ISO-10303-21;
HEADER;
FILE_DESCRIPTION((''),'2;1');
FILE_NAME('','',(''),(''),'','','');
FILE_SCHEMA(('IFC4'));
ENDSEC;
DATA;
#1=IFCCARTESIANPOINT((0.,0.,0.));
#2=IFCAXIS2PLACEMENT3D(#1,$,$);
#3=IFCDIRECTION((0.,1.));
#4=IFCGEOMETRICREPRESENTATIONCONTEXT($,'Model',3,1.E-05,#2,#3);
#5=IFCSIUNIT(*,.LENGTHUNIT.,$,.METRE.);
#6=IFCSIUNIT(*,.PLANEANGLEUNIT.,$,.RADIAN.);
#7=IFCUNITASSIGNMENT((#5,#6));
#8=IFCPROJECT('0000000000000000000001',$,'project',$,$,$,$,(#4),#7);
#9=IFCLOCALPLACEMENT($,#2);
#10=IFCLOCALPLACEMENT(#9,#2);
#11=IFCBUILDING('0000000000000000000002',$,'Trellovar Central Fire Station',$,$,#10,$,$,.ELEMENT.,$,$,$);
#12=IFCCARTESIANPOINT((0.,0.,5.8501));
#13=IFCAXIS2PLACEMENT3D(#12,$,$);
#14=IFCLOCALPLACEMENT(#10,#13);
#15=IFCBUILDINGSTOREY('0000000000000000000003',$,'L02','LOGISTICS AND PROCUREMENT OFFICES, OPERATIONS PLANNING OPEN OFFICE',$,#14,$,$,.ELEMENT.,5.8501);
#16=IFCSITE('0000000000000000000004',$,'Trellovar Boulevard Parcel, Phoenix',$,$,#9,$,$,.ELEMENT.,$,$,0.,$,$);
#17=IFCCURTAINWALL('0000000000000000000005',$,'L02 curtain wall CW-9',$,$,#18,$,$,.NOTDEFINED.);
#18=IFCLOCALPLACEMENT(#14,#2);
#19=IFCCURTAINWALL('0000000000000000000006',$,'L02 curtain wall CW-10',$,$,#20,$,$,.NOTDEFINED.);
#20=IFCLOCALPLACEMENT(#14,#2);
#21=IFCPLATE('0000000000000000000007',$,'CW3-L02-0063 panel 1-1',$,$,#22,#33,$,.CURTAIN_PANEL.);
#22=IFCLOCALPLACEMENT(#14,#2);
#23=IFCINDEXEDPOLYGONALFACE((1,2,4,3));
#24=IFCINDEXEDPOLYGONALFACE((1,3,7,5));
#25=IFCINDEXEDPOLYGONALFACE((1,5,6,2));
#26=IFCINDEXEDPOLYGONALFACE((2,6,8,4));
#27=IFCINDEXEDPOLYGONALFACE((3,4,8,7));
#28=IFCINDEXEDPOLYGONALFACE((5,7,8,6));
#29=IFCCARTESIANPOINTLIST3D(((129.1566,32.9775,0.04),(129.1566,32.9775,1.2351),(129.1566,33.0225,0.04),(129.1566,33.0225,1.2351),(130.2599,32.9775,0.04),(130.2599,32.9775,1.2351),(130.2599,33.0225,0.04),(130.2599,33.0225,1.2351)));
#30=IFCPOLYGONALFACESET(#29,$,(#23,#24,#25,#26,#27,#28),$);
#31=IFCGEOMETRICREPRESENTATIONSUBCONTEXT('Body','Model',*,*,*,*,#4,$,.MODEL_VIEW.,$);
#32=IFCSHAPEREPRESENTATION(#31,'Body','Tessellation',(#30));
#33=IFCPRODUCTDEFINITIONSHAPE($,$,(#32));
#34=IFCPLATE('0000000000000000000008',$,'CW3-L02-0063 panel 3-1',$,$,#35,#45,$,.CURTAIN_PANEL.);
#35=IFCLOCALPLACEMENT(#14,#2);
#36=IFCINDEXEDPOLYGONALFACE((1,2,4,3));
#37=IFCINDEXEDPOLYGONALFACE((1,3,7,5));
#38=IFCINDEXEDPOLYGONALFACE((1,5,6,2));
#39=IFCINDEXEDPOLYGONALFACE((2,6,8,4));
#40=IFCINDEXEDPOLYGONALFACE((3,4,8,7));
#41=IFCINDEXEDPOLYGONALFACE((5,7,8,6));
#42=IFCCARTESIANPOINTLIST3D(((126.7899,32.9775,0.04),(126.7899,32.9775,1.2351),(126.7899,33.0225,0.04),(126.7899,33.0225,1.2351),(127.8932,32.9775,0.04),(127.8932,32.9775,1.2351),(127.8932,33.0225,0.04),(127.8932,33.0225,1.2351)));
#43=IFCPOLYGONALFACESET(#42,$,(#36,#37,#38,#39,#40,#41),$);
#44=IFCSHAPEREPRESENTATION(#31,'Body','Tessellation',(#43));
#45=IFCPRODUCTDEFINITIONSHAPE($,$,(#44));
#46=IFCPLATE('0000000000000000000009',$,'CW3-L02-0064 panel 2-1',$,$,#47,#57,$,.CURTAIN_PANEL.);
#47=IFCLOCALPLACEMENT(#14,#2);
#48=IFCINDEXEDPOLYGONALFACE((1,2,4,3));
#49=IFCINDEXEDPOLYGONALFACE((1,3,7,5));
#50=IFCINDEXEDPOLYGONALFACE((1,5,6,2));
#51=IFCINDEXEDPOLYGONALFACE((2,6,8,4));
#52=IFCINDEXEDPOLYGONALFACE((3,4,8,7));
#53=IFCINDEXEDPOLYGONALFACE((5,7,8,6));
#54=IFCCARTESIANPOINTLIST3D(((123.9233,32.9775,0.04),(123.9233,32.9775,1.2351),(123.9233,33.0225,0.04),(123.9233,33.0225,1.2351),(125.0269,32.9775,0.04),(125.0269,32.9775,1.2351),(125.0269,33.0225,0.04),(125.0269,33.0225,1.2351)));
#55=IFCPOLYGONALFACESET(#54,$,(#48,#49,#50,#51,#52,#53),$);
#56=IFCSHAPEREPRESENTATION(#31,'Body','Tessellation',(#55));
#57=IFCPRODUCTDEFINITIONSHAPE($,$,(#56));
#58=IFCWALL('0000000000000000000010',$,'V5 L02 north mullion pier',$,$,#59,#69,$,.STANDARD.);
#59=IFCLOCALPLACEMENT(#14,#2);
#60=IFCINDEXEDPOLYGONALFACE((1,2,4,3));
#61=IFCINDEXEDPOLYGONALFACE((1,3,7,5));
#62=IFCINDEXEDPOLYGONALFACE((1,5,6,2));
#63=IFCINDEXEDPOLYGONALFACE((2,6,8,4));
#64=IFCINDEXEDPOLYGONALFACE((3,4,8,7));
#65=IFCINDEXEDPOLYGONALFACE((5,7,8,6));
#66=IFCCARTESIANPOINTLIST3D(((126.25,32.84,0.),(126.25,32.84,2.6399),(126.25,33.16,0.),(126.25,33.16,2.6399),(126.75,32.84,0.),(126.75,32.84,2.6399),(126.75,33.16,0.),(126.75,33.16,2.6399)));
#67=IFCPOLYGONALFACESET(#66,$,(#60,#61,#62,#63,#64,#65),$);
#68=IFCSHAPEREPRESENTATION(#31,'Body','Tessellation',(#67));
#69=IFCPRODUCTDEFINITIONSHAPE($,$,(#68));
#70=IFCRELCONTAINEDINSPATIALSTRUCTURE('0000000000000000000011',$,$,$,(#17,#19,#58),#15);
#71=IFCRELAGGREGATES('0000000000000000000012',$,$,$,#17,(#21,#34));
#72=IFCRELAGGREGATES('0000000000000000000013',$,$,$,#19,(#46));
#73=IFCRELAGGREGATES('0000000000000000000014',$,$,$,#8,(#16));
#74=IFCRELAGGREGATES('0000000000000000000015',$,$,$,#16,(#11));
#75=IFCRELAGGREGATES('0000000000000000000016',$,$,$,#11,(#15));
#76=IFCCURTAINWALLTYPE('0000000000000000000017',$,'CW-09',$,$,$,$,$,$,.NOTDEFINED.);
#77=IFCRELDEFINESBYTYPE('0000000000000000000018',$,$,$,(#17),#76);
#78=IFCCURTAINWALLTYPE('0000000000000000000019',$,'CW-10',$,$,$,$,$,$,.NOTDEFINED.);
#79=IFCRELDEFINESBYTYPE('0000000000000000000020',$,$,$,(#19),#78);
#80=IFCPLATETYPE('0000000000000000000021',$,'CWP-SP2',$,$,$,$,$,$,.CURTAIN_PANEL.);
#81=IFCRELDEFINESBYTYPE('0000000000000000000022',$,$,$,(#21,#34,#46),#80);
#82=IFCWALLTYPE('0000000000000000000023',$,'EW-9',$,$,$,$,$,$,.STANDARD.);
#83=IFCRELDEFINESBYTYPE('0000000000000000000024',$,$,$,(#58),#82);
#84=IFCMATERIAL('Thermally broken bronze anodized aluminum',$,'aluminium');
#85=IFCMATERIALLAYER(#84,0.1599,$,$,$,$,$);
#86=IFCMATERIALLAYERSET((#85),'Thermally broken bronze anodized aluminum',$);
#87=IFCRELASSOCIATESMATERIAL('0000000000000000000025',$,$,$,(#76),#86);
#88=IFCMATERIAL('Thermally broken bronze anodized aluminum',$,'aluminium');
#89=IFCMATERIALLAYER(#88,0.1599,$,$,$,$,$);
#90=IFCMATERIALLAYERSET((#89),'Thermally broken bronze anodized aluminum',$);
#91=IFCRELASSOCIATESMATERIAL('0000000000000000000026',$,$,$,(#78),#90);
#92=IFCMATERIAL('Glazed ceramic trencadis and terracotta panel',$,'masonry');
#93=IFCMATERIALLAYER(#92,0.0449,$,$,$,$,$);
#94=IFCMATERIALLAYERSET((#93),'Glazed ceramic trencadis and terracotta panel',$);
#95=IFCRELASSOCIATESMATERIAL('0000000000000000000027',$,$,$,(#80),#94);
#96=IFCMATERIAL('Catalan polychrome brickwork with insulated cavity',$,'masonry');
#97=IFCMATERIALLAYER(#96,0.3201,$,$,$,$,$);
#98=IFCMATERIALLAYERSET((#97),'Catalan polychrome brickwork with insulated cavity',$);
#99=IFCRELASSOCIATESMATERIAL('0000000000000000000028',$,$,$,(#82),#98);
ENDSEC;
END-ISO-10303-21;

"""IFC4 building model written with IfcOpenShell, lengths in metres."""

from ifc_helpers import new_model, si_unit, direction, frame, frame_2d, origin, origin_2d, place, context, subcontext, project, spatial, rectangle, extrude, material, layer, layer_set, type_object, element, aggregate, save


model = new_model("IFC4")

# Units and contexts
model_context = context("Model", 3, precision=1e-05, world=origin(), true_north=direction((0.0, 1.0)))
body_context = subcontext(model_context, "Body", "Model", "MODEL_VIEW")
ifc_project = project(units=[si_unit("LENGTHUNIT", "METRE"), si_unit("PLANEANGLEUNIT", "RADIAN")], contexts=[model_context])

# Site, building, storey
site_placement = place(None, origin())
site = spatial("IfcSite", under=ifc_project, at=site_placement, Name="Trellovar Boulevard Parcel, Phoenix", CompositionType="ELEMENT", RefElevation=0.0)
building_placement = place(site_placement, origin())
building = spatial("IfcBuilding", under=site, at=building_placement, Name="Trellovar Central Fire Station", CompositionType="ELEMENT")
storey_placement = place(building_placement, frame((0.0, 0.0, 5.8501)))
storey = spatial("IfcBuildingStorey", under=building, at=storey_placement, Name="L02", Description="LOGISTICS AND PROCUREMENT OFFICES, OPERATIONS PLANNING OPEN OFFICE", CompositionType="ELEMENT", Elevation=5.8501)

# Curtain walls
ifc_material_1 = material(Name="Thermally broken bronze anodized aluminum", Category="aluminium")
ifc_layer_1 = layer(ifc_material_1, 0.1599)
ifc_layer_set_1 = layer_set([ifc_layer_1], Name="Thermally broken bronze anodized aluminum")
curtain_wall_type_1 = type_object("IfcCurtainWallType", Name="CW-09", PredefinedType="NOTDEFINED", material=ifc_layer_set_1)
curtain_wall_1_placement = place(storey_placement, origin())
curtain_wall_1 = element("IfcCurtainWall", 1, at=curtain_wall_1_placement, inside=storey, type_object=curtain_wall_type_1, Name="L02 curtain wall CW-9", PredefinedType="NOTDEFINED")
ifc_material_2 = material(Name="Thermally broken bronze anodized aluminum", Category="aluminium")
ifc_layer_2 = layer(ifc_material_2, 0.1599)
ifc_layer_set_2 = layer_set([ifc_layer_2], Name="Thermally broken bronze anodized aluminum")
curtain_wall_type_2 = type_object("IfcCurtainWallType", Name="CW-10", PredefinedType="NOTDEFINED", material=ifc_layer_set_2)
curtain_wall_2_placement = place(storey_placement, origin())
curtain_wall_2 = element("IfcCurtainWall", 2, at=curtain_wall_2_placement, inside=storey, type_object=curtain_wall_type_2, Name="L02 curtain wall CW-10", PredefinedType="NOTDEFINED")

# Plates
ifc_material_3 = material(Name="Glazed ceramic trencadis and terracotta panel", Category="masonry")
ifc_layer_3 = layer(ifc_material_3, 0.0449)
ifc_layer_set_3 = layer_set([ifc_layer_3], Name="Glazed ceramic trencadis and terracotta panel")
plate_type_1 = type_object("IfcPlateType", Name="CWP-SP2", PredefinedType="CURTAIN_PANEL", material=ifc_layer_set_3)
plate_1_placement = place(storey_placement, frame((129.7083, 33.0, 0.04), z_axis=(0.0, 0.0, 1.0), x_axis=(-1.0, 0.0, 0.0)))
plate_1 = element("IfcPlate", 3, at=plate_1_placement, type_object=plate_type_1, Name="CW3-L02-0063 panel 1-1", PredefinedType="CURTAIN_PANEL", context=body_context, shape_type="SweptSolid", body=[
    extrude(rectangle(XDim=1.1033, YDim=0.0449, at=origin_2d()), origin(), (0.0, 0.0, 1.0), 1.1951),
])
plate_2_placement = place(storey_placement, frame((127.3416, 33.0, 0.04), z_axis=(0.0, 0.0, 1.0), x_axis=(-1.0, 0.0, 0.0)))
plate_2 = element("IfcPlate", 4, at=plate_2_placement, type_object=plate_type_1, Name="CW3-L02-0063 panel 3-1", PredefinedType="CURTAIN_PANEL", context=body_context, shape_type="SweptSolid", body=[
    extrude(rectangle(XDim=1.1033, YDim=0.0449, at=origin_2d()), origin(), (0.0, 0.0, 1.0), 1.1951),
])
aggregate(curtain_wall_1, [plate_1, plate_2])
plate_3_placement = place(storey_placement, frame((124.4751, 33.0, 0.04), z_axis=(0.0, 0.0, 1.0), x_axis=(-1.0, 0.0, 0.0)))
plate_3 = element("IfcPlate", 5, at=plate_3_placement, type_object=plate_type_1, Name="CW3-L02-0064 panel 2-1", PredefinedType="CURTAIN_PANEL", context=body_context, shape_type="SweptSolid", body=[
    extrude(rectangle(XDim=1.1035, YDim=0.0449, at=origin_2d()), origin(), (0.0, 0.0, 1.0), 1.1951),
])
aggregate(curtain_wall_2, [plate_3])

# Wall
ifc_material_4 = material(Name="Catalan polychrome brickwork with insulated cavity", Category="masonry")
ifc_layer_4 = layer(ifc_material_4, 0.3201)
ifc_layer_set_4 = layer_set([ifc_layer_4], Name="Catalan polychrome brickwork with insulated cavity")
wall_type = type_object("IfcWallType", Name="EW-9", PredefinedType="STANDARD", material=ifc_layer_set_4)
wall_placement = place(storey_placement, frame((126.75, 33.0, 0.0), z_axis=(0.0, 0.0, 1.0), x_axis=(-1.0, 0.0, 0.0)))
element("IfcWall", 6, at=wall_placement, inside=storey, type_object=wall_type, Name="V5 L02 north mullion pier", PredefinedType="STANDARD", context=body_context, shape_type="SweptSolid", body=[
    extrude(rectangle(XDim=0.5, YDim=0.3201, at=frame_2d((0.25, 0.0))), origin(), (0.0, 0.0, 1.0), 2.6399),
])

save(model, "model.ifc")
